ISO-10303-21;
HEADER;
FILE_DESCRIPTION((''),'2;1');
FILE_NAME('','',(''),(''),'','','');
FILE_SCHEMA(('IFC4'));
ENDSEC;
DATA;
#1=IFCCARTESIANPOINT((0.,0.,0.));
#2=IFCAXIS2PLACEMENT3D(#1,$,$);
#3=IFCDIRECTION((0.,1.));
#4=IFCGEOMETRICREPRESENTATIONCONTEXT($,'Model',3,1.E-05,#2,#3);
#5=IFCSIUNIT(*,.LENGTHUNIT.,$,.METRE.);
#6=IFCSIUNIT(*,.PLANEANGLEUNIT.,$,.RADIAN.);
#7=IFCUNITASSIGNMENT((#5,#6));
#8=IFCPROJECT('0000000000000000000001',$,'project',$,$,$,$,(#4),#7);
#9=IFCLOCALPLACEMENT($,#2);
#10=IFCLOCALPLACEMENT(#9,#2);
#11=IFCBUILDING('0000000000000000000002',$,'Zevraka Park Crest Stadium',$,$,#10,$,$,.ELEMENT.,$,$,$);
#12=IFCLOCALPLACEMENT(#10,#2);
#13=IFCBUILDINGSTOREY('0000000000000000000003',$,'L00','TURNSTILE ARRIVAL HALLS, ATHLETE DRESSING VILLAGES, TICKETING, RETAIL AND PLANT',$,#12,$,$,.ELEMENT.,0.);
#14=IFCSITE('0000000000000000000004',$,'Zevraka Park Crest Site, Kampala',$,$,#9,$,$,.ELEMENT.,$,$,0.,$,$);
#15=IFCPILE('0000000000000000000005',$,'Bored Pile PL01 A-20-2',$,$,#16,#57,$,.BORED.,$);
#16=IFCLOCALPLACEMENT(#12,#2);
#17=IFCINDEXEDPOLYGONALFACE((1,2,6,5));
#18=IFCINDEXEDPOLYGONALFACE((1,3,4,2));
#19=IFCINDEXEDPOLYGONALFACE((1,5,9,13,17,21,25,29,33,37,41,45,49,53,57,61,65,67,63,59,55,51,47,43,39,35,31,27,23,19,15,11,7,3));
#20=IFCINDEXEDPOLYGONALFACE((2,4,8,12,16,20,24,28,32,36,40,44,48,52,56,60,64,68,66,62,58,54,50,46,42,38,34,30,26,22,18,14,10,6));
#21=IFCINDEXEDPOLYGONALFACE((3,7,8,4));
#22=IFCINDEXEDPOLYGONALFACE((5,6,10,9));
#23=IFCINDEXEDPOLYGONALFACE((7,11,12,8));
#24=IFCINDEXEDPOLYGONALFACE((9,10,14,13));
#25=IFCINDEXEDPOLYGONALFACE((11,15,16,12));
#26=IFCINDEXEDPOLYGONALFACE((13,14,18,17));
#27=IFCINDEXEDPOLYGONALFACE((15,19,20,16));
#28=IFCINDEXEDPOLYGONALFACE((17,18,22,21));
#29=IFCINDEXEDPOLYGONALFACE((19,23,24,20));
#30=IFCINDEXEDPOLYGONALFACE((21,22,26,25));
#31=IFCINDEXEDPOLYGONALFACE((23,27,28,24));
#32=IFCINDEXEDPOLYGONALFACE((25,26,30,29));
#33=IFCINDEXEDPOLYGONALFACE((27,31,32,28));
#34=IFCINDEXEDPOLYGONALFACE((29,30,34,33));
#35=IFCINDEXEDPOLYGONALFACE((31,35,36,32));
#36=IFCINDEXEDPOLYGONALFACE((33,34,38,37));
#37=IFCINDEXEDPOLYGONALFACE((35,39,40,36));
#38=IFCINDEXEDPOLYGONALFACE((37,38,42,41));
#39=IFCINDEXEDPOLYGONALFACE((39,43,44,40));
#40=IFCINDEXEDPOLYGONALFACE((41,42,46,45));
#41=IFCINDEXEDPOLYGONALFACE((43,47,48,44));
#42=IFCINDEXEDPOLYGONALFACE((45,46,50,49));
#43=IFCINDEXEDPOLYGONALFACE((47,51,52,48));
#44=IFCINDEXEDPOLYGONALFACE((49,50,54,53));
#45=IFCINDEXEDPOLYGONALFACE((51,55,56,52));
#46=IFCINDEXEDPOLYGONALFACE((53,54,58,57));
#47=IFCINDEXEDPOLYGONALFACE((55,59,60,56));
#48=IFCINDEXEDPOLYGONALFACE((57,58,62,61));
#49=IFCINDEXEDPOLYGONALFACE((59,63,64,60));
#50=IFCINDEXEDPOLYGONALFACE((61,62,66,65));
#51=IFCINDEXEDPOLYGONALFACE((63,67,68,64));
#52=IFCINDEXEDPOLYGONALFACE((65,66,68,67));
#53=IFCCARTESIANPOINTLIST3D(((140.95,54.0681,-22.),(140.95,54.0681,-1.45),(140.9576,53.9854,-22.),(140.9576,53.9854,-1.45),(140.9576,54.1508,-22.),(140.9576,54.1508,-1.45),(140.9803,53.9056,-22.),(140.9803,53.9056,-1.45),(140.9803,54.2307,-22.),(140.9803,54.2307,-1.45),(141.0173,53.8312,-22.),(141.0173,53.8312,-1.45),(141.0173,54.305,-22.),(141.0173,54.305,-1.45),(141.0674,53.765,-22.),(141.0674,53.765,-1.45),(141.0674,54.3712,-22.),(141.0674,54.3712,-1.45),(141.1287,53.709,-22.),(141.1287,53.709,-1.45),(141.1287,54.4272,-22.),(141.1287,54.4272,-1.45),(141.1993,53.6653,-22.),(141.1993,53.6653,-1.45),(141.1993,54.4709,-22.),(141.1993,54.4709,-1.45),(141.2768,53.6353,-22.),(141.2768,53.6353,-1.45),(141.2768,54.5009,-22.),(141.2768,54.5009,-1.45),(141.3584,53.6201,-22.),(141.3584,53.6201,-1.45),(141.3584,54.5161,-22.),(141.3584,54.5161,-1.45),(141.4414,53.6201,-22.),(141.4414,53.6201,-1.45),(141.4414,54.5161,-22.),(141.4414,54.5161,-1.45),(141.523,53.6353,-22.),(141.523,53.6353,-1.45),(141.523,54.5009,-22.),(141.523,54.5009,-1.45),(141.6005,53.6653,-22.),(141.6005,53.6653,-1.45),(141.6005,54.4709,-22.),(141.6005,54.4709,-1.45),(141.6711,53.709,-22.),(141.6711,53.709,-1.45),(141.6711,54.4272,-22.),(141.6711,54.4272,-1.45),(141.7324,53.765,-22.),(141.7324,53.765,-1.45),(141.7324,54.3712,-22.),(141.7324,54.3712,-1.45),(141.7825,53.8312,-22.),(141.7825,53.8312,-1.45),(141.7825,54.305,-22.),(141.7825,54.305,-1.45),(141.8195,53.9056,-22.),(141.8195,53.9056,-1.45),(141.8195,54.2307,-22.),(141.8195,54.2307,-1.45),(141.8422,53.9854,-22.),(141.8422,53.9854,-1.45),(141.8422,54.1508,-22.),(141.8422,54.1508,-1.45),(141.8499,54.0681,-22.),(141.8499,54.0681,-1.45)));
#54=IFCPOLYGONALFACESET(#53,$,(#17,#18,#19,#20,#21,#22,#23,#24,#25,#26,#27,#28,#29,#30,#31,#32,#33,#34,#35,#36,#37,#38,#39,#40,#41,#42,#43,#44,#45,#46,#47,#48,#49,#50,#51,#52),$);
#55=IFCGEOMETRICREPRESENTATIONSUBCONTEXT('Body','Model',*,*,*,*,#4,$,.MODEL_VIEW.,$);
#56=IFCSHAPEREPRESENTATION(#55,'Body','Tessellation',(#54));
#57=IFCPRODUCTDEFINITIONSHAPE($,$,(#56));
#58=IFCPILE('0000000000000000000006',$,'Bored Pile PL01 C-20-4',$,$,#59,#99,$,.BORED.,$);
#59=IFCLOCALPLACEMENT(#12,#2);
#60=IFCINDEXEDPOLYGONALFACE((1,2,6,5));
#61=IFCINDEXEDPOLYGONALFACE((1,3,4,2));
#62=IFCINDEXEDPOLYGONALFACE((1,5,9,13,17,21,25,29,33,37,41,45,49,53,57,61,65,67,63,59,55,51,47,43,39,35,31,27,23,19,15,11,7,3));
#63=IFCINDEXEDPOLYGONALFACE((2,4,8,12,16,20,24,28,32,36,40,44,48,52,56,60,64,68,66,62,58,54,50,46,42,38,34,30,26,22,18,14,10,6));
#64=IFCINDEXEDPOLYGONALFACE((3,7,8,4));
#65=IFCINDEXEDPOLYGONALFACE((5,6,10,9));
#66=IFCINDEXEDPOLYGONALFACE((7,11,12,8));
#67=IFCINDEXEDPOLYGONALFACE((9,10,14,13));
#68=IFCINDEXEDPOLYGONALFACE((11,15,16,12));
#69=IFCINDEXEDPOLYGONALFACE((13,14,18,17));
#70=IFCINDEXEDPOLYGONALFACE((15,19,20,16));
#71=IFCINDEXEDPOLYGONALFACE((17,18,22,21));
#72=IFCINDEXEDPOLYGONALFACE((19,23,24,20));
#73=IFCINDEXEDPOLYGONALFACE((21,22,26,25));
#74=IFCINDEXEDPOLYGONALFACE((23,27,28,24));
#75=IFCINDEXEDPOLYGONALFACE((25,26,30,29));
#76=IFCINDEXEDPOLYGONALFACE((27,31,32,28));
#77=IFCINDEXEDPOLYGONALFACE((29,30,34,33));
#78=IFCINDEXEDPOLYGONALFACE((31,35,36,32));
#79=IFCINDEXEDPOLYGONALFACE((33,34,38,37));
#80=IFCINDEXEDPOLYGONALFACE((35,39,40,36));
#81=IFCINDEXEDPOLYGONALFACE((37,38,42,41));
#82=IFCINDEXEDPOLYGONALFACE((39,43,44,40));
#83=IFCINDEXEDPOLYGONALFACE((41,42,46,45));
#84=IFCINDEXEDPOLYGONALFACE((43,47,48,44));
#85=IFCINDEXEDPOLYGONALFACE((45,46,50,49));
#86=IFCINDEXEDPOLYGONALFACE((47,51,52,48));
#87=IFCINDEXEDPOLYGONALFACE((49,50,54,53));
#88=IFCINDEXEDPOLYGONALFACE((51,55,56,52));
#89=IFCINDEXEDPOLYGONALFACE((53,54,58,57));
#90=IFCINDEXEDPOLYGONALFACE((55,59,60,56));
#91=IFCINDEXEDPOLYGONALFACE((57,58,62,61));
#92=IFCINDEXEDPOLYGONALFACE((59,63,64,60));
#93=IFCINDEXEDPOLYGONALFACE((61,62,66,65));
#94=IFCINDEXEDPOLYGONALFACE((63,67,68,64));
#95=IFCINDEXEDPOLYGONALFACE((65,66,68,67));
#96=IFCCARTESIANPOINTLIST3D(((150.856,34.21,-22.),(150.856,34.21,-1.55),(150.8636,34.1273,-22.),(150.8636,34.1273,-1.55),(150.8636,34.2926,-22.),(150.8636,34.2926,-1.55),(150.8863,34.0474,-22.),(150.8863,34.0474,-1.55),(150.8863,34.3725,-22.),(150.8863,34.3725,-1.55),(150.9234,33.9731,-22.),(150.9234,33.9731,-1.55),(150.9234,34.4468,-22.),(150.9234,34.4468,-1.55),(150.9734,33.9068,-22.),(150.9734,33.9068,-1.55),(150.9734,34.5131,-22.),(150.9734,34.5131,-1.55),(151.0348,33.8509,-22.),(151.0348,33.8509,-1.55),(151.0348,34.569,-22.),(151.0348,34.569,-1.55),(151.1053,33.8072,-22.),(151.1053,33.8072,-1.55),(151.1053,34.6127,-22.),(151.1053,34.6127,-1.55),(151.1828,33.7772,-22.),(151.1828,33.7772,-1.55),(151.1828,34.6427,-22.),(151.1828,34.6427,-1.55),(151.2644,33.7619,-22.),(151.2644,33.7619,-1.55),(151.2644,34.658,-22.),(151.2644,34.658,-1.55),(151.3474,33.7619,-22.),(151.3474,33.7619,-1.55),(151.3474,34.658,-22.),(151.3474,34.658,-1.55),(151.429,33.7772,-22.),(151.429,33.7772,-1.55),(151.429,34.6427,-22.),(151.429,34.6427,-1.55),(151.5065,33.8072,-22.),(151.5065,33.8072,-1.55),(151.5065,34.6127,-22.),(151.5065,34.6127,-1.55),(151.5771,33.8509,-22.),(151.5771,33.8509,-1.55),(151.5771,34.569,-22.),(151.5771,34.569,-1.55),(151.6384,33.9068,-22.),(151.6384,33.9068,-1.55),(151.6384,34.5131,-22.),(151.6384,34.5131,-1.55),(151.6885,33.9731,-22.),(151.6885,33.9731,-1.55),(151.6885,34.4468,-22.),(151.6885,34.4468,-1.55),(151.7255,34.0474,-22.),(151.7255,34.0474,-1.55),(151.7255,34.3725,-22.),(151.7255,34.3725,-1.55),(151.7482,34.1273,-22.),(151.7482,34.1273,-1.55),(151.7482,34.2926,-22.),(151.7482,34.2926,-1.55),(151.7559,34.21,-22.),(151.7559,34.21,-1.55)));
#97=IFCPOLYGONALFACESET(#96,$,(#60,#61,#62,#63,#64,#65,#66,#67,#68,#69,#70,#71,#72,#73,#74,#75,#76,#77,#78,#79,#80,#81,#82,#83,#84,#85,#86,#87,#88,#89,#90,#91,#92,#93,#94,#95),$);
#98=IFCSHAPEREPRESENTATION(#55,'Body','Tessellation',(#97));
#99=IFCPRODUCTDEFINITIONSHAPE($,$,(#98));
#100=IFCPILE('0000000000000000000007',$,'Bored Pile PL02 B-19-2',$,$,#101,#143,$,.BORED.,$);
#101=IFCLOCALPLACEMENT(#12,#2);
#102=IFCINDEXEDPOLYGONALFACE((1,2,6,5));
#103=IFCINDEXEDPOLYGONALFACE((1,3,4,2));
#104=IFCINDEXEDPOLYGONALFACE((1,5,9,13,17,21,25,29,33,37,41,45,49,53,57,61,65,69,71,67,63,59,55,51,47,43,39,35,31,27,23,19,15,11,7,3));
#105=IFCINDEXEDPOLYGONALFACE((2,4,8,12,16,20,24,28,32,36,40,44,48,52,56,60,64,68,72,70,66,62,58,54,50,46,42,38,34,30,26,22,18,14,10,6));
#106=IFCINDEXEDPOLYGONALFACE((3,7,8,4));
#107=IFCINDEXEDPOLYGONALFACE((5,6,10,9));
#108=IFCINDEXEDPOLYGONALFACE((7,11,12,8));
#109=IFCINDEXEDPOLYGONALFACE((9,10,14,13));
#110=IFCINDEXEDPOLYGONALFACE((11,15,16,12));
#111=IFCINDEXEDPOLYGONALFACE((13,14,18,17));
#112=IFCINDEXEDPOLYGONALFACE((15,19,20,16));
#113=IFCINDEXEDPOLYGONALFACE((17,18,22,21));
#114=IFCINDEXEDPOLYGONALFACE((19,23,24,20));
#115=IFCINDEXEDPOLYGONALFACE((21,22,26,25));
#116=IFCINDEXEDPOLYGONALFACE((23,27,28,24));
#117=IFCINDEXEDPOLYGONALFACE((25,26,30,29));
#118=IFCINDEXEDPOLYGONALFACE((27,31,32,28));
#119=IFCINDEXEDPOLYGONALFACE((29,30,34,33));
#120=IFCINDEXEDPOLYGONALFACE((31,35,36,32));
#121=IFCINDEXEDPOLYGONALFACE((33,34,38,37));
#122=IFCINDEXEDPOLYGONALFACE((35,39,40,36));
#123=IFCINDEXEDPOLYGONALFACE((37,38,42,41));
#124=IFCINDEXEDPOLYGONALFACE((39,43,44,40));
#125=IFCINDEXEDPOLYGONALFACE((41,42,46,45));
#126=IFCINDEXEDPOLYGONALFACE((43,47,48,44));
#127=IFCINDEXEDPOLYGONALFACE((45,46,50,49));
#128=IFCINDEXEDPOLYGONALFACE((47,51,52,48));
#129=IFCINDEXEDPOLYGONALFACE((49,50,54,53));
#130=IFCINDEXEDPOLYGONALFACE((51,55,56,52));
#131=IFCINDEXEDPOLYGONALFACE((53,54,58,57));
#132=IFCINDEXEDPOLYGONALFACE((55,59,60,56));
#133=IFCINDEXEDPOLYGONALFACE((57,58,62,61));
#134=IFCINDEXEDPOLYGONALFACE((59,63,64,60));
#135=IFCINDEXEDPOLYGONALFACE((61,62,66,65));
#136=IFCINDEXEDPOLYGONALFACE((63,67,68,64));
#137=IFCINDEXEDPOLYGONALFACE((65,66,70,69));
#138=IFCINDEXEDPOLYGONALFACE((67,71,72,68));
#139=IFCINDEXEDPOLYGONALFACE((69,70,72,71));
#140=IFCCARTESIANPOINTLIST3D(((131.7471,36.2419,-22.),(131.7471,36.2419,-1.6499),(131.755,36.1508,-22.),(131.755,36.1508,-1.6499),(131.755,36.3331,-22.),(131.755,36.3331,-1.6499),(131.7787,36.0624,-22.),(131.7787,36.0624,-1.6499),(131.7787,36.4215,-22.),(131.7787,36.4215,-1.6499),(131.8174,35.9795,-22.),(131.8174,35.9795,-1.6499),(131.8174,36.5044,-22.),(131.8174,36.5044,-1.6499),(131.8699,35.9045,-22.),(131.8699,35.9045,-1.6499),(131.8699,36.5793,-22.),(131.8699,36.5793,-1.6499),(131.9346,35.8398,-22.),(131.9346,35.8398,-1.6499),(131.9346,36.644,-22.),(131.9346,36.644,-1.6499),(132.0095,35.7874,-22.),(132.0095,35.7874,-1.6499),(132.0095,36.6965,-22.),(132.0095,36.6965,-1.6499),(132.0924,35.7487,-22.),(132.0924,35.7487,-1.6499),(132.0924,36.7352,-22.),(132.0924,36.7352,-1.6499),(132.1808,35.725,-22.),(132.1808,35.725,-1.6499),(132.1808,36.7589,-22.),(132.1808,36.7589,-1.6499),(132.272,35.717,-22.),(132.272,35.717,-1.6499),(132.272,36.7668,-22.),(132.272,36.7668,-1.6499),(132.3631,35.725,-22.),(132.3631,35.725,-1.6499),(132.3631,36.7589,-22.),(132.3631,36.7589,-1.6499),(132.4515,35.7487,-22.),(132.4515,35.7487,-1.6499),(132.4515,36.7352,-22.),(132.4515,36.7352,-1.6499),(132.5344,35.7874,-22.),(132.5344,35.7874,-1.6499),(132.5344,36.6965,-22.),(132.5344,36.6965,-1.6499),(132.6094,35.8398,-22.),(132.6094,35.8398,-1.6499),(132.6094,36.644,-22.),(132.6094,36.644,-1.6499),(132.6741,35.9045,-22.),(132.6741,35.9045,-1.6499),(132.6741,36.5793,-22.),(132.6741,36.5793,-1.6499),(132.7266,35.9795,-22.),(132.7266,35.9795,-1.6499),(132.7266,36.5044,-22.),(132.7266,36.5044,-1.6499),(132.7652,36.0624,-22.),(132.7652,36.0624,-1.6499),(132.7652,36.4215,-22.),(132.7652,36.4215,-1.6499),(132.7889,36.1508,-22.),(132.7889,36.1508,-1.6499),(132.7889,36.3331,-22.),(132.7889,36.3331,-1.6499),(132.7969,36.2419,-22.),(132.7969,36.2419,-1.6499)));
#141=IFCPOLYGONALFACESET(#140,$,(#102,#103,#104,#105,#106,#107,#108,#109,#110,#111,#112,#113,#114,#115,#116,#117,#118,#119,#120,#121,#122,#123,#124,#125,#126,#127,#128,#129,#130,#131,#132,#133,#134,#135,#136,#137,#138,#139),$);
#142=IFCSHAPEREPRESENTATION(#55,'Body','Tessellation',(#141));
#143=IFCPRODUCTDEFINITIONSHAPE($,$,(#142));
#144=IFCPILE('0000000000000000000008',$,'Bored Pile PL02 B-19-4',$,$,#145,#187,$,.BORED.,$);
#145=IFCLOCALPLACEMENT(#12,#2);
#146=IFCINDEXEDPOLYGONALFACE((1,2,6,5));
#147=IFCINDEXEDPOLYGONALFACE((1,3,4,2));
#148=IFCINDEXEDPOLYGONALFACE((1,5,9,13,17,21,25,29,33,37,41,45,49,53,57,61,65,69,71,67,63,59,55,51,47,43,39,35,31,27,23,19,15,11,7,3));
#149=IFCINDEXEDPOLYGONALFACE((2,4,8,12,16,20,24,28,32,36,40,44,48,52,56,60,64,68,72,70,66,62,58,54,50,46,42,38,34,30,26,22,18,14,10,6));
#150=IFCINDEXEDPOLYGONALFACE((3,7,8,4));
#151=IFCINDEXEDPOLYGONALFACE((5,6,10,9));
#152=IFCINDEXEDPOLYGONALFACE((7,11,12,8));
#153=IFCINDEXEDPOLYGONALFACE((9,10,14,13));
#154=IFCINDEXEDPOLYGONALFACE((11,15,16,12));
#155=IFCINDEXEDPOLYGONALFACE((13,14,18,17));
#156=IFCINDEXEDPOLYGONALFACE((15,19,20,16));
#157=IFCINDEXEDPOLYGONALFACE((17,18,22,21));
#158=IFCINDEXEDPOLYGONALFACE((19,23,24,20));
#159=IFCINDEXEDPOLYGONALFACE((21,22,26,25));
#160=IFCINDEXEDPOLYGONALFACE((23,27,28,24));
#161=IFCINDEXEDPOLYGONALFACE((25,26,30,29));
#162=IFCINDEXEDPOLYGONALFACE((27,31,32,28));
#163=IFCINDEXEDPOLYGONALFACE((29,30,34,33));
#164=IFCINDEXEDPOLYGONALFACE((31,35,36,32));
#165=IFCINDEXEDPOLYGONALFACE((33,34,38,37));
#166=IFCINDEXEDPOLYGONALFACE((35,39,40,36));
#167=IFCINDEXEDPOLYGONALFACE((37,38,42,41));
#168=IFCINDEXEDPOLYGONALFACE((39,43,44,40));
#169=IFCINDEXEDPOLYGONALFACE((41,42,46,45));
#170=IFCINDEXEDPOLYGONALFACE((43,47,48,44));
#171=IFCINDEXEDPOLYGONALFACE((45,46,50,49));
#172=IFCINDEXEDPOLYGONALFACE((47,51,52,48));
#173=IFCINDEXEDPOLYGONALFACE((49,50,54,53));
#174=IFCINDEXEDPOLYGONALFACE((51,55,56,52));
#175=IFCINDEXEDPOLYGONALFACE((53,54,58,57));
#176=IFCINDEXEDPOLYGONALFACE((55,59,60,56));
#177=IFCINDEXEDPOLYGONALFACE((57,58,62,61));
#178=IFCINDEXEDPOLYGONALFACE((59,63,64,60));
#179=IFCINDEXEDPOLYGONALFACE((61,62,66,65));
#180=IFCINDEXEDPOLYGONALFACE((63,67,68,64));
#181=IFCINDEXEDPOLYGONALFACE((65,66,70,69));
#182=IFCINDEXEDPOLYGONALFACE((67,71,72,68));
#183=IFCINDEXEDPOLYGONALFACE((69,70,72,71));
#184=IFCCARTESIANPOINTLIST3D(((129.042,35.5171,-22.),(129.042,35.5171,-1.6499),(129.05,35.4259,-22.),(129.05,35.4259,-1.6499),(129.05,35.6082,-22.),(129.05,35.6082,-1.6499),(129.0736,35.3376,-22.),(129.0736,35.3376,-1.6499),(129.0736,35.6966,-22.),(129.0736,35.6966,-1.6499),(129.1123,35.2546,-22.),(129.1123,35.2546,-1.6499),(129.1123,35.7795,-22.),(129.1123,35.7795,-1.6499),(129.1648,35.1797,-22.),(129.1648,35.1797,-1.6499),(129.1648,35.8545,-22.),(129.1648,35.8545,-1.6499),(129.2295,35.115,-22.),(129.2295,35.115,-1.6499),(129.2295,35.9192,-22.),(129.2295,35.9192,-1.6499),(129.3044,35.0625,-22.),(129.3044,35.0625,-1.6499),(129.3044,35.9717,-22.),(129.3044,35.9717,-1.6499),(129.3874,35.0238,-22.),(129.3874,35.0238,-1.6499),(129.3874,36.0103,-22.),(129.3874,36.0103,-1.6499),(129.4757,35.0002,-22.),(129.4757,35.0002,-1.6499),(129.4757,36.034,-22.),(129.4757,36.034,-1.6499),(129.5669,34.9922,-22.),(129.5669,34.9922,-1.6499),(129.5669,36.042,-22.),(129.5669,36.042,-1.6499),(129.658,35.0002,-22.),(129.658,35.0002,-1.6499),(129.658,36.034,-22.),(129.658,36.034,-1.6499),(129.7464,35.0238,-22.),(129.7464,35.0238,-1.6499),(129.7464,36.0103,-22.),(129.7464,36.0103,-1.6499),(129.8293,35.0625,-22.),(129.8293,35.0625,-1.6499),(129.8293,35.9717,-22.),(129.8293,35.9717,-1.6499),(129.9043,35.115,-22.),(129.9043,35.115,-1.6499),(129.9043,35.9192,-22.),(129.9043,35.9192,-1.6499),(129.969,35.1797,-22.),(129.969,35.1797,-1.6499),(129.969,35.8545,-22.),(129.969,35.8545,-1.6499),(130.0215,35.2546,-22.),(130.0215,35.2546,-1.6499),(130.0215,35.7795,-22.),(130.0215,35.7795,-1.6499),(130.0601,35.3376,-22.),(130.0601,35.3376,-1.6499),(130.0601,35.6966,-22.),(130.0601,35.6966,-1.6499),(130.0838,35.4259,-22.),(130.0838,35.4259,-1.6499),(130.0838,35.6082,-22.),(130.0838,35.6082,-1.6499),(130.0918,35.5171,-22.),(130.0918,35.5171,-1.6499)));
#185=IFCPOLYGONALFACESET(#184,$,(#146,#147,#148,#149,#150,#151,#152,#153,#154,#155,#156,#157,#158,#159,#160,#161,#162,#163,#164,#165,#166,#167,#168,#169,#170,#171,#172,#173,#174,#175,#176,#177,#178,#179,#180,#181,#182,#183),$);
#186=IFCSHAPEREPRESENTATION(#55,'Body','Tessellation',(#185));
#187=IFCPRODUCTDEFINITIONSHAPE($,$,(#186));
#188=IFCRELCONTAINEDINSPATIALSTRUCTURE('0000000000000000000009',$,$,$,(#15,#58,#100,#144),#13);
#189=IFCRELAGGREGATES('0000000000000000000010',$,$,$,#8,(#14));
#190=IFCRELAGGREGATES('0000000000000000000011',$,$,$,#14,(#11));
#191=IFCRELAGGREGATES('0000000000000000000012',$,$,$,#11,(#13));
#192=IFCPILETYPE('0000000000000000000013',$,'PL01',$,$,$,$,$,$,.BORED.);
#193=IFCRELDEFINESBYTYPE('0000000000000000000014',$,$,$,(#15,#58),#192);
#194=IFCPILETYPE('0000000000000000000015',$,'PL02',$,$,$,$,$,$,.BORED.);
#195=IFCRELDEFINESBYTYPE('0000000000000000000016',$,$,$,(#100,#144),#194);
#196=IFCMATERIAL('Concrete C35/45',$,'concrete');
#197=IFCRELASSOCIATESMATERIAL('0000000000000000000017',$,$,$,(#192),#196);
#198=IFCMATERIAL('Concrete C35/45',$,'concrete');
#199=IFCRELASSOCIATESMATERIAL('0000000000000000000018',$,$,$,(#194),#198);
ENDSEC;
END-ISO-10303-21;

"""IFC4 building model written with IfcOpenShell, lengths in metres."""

from ifc_helpers import new_model, si_unit, direction, frame, origin, origin_2d, place, context, subcontext, project, spatial, circle, extrude, material, material_profile, profile_set, type_object, element, save


model = new_model("IFC4")

# Units and contexts
model_context = context("Model", 3, precision=1e-05, world=origin(), true_north=direction((0.0, 1.0)))
body_context = subcontext(model_context, "Body", "Model", "MODEL_VIEW")
ifc_project = project(units=[si_unit("LENGTHUNIT", "METRE"), si_unit("PLANEANGLEUNIT", "RADIAN")], contexts=[model_context])

# Site, building, storey
site_placement = place(None, origin())
site = spatial("IfcSite", under=ifc_project, at=site_placement, Name="Zevraka Park Crest Site, Kampala", CompositionType="ELEMENT", RefElevation=0.0)
building_placement = place(site_placement, origin())
building = spatial("IfcBuilding", under=site, at=building_placement, Name="Zevraka Park Crest Stadium", CompositionType="ELEMENT")
storey_placement = place(building_placement, origin())
storey = spatial("IfcBuildingStorey", under=building, at=storey_placement, Name="L00", Description="TURNSTILE ARRIVAL HALLS, ATHLETE DRESSING VILLAGES, TICKETING, RETAIL AND PLANT", CompositionType="ELEMENT", Elevation=0.0)

# Piles
ifc_material_1 = material(Name="Concrete C35/45", Category="concrete")
ifc_material_profile_1 = material_profile(ifc_material_1, circle(Radius=0.45, at=origin_2d()), Name="PILE D900")
ifc_profile_set_1 = profile_set([ifc_material_profile_1], Name="Concrete C35/45")
pile_type_1 = type_object("IfcPileType", Name="PL01", PredefinedType="BORED", material=ifc_profile_set_1)
for number, where, z_axis, x_axis, name in (
    (1, (141.3999, 54.0681, -1.45), (0.0, 0.0, -1.0), (1.0, 0.0, 0.0), "Bored Pile PL01 A-20-2"),
):
    element("IfcPile", number, at=place(storey_placement, frame(where, z_axis=z_axis, x_axis=x_axis)), inside=storey, type_object=pile_type_1, Name=name, PredefinedType="BORED", context=body_context, shape_type="SweptSolid", body=[
        extrude(circle(Radius=0.45, at=origin_2d()), origin(), (0.0, 0.0, 1.0), 20.55),
    ])
pile_placement = place(storey_placement, frame((151.3059, 34.21, -1.55), z_axis=(0.0, 0.0, -1.0), x_axis=(1.0, 0.0, 0.0)))
element("IfcPile", 2, at=pile_placement, inside=storey, type_object=pile_type_1, Name="Bored Pile PL01 C-20-4", PredefinedType="BORED", context=body_context, shape_type="SweptSolid", body=[
    extrude(circle(Radius=0.45, at=origin_2d()), origin(), (0.0, 0.0, 1.0), 20.45),
])
ifc_material_2 = material(Name="Concrete C35/45", Category="concrete")
ifc_material_profile_2 = material_profile(ifc_material_2, circle(Radius=0.5249, at=origin_2d()), Name="PILE D1050")
ifc_profile_set_2 = profile_set([ifc_material_profile_2], Name="Concrete C35/45")
pile_type_2 = type_object("IfcPileType", Name="PL02", PredefinedType="BORED", material=ifc_profile_set_2)
for number, where, z_axis, x_axis, name in (
    (3, (132.272, 36.2419, -1.6499), (0.0, 0.0, -1.0), (1.0, 0.0, 0.0), "Bored Pile PL02 B-19-2"),
    (4, (129.5669, 35.5171, -1.6499), (0.0, 0.0, -1.0), (1.0, 0.0, 0.0), "Bored Pile PL02 B-19-4"),
):
    element("IfcPile", number, at=place(storey_placement, frame(where, z_axis=z_axis, x_axis=x_axis)), inside=storey, type_object=pile_type_2, Name=name, PredefinedType="BORED", context=body_context, shape_type="SweptSolid", body=[
        extrude(circle(Radius=0.5249, at=origin_2d()), origin(), (0.0, 0.0, 1.0), 20.3501),
    ])

save(model, "model.ifc")
